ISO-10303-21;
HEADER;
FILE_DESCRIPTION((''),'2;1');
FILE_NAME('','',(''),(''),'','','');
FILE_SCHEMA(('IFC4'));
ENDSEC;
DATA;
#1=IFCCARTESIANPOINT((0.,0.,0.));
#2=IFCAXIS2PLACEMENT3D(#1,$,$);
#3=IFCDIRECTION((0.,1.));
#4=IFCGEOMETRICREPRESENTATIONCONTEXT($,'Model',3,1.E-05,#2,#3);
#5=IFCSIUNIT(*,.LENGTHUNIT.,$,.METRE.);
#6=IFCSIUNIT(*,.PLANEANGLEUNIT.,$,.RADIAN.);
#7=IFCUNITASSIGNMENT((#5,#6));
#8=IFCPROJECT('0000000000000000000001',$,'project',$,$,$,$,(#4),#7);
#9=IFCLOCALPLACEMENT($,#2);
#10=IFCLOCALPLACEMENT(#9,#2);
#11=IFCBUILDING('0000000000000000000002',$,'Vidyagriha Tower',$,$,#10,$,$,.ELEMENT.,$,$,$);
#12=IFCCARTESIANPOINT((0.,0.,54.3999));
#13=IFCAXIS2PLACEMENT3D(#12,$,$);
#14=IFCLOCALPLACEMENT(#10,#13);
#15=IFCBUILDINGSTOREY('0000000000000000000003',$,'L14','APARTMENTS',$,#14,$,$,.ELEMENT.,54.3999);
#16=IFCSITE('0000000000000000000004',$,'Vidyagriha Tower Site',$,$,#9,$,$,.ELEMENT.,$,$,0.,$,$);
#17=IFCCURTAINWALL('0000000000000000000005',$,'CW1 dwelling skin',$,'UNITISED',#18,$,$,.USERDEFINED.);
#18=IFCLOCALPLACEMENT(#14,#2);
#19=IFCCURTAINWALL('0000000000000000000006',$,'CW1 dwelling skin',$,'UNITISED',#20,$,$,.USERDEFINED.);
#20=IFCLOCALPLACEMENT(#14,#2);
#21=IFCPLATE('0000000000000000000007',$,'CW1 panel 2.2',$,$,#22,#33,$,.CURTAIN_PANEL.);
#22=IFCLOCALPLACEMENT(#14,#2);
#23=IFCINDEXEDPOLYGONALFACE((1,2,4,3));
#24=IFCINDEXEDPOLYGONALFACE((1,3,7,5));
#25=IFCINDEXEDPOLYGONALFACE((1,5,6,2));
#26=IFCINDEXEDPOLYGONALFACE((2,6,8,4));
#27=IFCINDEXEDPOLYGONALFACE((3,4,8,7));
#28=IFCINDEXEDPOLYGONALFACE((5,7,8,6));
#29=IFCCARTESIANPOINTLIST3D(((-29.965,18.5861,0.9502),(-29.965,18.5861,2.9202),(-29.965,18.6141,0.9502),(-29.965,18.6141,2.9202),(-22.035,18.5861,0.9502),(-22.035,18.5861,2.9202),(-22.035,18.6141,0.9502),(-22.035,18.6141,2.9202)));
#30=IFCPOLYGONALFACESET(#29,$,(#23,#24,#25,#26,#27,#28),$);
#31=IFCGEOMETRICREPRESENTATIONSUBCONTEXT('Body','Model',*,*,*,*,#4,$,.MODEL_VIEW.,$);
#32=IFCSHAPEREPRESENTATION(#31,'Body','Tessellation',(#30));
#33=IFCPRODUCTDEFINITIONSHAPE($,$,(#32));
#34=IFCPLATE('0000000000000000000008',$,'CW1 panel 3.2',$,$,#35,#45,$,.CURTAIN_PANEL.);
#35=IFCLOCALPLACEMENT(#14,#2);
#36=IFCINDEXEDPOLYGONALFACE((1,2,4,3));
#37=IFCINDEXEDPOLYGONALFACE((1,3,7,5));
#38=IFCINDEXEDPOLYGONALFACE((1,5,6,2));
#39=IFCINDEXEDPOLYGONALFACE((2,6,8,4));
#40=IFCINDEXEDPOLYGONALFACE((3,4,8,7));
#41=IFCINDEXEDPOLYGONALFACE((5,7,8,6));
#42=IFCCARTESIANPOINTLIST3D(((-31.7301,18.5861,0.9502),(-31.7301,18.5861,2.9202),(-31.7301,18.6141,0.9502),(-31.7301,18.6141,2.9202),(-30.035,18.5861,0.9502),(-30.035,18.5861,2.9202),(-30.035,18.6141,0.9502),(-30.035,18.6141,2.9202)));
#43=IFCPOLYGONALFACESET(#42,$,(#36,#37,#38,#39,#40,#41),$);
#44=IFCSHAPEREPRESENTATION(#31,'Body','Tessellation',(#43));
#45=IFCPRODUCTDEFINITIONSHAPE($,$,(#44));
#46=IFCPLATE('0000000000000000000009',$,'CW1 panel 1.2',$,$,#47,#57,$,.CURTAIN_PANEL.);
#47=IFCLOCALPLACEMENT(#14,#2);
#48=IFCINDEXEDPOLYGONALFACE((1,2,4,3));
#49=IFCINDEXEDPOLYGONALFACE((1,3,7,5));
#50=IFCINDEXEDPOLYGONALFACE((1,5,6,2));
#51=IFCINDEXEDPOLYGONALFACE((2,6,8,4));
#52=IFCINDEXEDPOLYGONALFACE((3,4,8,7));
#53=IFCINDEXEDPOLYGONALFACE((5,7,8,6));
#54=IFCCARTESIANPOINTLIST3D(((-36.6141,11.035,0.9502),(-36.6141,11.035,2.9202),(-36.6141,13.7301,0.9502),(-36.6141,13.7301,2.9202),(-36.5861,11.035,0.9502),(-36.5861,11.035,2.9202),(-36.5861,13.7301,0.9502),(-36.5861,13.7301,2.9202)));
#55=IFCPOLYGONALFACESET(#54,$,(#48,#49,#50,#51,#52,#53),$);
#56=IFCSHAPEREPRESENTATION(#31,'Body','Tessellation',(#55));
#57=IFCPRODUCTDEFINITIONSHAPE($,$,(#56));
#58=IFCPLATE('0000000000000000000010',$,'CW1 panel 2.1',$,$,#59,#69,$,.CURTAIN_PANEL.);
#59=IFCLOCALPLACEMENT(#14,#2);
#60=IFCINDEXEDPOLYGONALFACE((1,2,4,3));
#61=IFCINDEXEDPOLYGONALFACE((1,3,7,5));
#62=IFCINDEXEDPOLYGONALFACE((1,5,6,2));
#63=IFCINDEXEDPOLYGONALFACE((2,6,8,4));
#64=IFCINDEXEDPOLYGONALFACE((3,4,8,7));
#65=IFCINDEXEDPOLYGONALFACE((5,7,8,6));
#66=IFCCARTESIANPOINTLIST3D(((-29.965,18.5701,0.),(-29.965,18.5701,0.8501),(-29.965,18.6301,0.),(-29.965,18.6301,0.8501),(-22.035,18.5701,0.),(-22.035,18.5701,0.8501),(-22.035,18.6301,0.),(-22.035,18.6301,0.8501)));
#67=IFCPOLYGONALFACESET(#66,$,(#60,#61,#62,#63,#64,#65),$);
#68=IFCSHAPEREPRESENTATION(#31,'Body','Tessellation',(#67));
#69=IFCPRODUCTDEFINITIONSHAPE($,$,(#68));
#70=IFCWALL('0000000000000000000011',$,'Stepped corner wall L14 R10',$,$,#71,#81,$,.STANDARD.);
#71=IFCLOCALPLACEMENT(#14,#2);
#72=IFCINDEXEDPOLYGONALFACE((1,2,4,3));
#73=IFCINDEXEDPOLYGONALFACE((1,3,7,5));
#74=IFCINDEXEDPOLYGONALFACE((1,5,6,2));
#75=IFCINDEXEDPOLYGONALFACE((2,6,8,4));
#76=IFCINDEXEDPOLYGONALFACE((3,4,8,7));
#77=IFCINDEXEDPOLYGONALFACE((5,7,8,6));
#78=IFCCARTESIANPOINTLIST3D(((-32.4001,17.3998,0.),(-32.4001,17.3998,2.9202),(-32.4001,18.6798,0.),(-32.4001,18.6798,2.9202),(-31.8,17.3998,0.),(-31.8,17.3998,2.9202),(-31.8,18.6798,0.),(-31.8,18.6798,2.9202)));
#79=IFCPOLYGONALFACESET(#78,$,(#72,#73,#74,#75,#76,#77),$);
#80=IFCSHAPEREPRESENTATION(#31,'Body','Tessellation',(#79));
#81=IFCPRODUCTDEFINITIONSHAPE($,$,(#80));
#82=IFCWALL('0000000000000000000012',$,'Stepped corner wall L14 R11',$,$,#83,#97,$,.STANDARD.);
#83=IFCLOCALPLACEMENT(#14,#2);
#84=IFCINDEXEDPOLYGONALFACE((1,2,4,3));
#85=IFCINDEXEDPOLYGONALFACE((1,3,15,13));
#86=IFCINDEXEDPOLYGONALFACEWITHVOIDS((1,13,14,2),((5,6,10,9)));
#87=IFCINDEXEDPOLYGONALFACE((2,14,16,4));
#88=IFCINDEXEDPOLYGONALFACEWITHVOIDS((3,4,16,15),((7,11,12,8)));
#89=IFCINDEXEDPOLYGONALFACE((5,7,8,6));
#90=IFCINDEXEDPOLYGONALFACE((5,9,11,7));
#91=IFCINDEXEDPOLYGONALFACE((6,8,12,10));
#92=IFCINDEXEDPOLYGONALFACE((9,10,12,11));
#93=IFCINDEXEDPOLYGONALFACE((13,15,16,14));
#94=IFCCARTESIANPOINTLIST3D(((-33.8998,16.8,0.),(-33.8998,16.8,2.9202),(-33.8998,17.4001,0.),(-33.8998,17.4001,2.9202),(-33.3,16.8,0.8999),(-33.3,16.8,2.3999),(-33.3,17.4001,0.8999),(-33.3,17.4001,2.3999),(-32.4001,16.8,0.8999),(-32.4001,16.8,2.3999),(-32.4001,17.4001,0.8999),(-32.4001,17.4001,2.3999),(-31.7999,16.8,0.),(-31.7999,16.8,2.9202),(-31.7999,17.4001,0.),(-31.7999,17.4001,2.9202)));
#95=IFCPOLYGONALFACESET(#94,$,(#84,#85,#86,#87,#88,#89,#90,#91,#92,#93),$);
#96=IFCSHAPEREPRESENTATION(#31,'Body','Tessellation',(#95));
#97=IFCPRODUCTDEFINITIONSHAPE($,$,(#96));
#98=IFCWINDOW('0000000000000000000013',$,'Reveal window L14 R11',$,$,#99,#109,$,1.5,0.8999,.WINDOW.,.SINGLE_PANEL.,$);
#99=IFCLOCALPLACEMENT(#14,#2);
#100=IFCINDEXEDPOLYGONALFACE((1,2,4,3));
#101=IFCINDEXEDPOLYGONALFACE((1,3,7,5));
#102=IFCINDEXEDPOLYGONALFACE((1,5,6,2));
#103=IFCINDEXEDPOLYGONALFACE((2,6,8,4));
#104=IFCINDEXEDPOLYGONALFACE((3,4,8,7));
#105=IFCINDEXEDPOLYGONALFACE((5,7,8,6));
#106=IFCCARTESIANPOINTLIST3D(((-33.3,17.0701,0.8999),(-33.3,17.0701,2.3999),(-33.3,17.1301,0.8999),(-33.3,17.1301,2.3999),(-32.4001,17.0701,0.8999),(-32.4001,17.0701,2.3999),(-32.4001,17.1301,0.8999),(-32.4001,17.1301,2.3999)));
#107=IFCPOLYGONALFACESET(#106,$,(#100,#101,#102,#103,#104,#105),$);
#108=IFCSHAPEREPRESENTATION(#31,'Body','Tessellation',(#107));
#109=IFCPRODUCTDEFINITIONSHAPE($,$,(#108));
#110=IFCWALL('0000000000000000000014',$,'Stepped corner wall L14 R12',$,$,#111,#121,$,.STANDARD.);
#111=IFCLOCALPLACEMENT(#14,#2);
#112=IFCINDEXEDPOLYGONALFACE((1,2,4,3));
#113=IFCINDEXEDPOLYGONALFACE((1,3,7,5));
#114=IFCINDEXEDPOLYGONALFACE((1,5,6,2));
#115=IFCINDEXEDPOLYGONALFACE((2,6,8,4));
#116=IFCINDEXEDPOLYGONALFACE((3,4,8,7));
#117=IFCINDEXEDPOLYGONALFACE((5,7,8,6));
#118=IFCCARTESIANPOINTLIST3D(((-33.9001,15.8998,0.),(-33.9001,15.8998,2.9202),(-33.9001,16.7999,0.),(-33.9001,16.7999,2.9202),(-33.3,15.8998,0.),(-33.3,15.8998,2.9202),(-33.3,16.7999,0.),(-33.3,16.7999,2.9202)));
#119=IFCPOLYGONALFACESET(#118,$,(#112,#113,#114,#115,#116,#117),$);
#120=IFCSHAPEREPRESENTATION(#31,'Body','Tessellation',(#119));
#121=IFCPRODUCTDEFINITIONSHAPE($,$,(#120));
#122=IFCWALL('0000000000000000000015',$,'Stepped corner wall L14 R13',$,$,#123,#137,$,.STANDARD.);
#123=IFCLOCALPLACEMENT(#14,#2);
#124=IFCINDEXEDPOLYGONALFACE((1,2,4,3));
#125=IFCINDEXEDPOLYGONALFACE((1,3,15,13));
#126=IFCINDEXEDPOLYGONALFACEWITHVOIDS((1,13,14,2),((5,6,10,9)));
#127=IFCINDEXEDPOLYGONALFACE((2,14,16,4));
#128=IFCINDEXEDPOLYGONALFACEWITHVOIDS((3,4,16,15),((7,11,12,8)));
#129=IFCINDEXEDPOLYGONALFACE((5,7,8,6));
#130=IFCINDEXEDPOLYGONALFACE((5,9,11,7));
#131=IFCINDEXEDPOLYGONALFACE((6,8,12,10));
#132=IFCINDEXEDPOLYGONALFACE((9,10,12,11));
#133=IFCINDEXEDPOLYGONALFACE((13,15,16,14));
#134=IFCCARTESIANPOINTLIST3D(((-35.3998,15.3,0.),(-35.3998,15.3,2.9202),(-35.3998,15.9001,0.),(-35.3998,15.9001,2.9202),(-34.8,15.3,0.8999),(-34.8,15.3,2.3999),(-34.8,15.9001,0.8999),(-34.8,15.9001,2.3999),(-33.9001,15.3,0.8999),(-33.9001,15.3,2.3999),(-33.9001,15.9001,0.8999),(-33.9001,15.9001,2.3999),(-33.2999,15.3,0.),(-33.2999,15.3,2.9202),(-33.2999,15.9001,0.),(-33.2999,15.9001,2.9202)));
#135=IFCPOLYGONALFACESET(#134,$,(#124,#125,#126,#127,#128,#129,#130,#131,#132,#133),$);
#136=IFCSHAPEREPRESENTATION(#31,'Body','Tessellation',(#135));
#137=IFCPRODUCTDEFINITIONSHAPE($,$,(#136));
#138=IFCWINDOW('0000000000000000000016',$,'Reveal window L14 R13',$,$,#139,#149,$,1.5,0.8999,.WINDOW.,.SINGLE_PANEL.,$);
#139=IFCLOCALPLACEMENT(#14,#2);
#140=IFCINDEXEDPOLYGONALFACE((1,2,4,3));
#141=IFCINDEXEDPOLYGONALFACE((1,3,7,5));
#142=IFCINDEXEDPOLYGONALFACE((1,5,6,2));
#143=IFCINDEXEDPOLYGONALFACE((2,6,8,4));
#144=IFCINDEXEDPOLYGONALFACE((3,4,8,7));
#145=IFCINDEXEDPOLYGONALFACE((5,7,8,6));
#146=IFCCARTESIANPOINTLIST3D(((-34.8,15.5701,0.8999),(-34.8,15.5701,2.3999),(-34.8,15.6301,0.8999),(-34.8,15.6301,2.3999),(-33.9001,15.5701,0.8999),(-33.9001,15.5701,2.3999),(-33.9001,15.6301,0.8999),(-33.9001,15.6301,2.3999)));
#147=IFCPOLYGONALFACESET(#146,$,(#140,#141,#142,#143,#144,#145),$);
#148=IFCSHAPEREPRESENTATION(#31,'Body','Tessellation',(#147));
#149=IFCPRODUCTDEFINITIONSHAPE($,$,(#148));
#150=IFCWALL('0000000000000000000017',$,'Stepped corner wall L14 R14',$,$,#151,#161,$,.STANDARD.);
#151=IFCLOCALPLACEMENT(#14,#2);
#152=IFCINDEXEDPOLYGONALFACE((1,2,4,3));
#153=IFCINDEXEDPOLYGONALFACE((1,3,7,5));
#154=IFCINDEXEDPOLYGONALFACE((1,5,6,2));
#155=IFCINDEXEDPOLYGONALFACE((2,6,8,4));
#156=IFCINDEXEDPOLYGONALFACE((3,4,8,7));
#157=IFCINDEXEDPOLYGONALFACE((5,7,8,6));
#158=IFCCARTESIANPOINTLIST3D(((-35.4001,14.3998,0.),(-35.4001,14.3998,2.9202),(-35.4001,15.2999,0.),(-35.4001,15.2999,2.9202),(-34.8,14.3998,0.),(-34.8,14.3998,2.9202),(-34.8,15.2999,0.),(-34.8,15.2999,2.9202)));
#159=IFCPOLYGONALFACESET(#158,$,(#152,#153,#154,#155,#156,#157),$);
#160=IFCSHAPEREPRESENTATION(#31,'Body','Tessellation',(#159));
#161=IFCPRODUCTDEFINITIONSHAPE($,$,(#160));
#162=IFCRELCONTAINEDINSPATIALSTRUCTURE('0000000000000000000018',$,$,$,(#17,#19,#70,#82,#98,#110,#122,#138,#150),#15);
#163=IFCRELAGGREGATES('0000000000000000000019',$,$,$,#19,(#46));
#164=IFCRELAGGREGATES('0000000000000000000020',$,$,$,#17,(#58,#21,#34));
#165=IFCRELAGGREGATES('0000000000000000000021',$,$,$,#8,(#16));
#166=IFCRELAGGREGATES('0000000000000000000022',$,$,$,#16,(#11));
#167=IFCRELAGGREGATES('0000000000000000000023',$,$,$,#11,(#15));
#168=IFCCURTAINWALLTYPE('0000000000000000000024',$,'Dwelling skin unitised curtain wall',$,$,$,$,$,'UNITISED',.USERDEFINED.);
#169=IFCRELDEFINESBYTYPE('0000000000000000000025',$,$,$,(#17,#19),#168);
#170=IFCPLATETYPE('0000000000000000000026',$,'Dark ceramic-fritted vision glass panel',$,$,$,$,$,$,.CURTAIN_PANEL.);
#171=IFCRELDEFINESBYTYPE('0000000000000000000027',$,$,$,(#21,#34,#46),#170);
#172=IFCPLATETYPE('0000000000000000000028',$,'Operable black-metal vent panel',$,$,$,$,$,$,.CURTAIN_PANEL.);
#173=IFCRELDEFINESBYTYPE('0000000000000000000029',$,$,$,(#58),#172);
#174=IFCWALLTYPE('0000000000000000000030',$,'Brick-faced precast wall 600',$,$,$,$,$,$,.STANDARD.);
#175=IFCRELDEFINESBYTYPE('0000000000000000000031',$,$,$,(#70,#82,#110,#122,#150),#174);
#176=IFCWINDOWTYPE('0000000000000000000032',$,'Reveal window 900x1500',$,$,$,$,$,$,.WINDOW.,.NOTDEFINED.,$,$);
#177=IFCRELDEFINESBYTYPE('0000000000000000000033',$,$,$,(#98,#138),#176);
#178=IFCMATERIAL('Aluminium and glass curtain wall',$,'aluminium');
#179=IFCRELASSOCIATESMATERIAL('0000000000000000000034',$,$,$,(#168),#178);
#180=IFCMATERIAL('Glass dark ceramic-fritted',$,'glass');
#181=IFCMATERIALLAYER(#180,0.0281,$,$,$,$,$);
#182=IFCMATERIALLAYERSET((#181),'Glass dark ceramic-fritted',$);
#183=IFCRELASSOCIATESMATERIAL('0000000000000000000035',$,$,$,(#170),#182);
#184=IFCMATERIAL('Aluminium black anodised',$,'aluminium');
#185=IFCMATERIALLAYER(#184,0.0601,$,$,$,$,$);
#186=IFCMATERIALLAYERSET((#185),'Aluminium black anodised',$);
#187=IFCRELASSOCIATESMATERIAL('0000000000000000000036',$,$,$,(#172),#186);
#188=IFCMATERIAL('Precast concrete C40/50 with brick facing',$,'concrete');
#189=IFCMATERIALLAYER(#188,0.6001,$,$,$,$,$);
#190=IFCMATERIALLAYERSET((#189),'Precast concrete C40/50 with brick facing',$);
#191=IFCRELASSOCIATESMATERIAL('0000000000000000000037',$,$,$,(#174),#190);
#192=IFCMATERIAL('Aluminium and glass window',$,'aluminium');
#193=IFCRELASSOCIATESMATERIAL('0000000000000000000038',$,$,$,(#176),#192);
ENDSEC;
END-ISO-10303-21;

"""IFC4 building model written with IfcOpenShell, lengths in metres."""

from ifc_helpers import new_model, si_unit, direction, frame, frame_2d, origin, origin_2d, place, context, subcontext, project, spatial, rectangle, extrude, material, layer, layer_set, type_object, element, fill, aggregate, save


model = new_model("IFC4")

# Units and contexts
model_context = context("Model", 3, precision=1e-05, world=origin(), true_north=direction((0.0, 1.0)))
body_context = subcontext(model_context, "Body", "Model", "MODEL_VIEW")
ifc_project = project(units=[si_unit("LENGTHUNIT", "METRE"), si_unit("PLANEANGLEUNIT", "RADIAN")], contexts=[model_context])

# Site, building, storey
site_placement = place(None, origin())
site = spatial("IfcSite", under=ifc_project, at=site_placement, Name="Vidyagriha Tower Site", CompositionType="ELEMENT", RefElevation=0.0)
building_placement = place(site_placement, origin())
building = spatial("IfcBuilding", under=site, at=building_placement, Name="Vidyagriha Tower", CompositionType="ELEMENT")
storey_placement = place(building_placement, frame((0.0, 0.0, 54.3999)))
storey = spatial("IfcBuildingStorey", under=building, at=storey_placement, Name="L14", Description="APARTMENTS", CompositionType="ELEMENT", Elevation=54.3999)

# Curtain wall
ifc_material_1 = material(Name="Aluminium and glass curtain wall", Category="aluminium")
curtain_wall_type = type_object("IfcCurtainWallType", Name="Dwelling skin unitised curtain wall", ElementType="UNITISED", PredefinedType="USERDEFINED", material=ifc_material_1)
curtain_wall_1_placement = place(storey_placement, origin())
curtain_wall_1 = element("IfcCurtainWall", 1, at=curtain_wall_1_placement, inside=storey, type_object=curtain_wall_type, Name="CW1 dwelling skin", ObjectType="UNITISED", PredefinedType="USERDEFINED")

# Curtain wall
curtain_wall_2_placement = place(storey_placement, origin())
curtain_wall_2 = element("IfcCurtainWall", 2, at=curtain_wall_2_placement, inside=storey, type_object=curtain_wall_type, Name="CW1 dwelling skin", ObjectType="UNITISED", PredefinedType="USERDEFINED")

# Plates
ifc_material_2 = material(Name="Glass dark ceramic-fritted", Category="glass")
ifc_layer_1 = layer(ifc_material_2, 0.0281)
ifc_layer_set_1 = layer_set([ifc_layer_1], Name="Glass dark ceramic-fritted")
plate_type_1 = type_object("IfcPlateType", Name="Dark ceramic-fritted vision glass panel", PredefinedType="CURTAIN_PANEL", material=ifc_layer_set_1)
plate_1_placement = place(storey_placement, frame((-26.0, 18.6001, 0.9502), z_axis=(0.0, 0.0, 1.0), x_axis=(-1.0, 0.0, 0.0)))
plate_1 = element("IfcPlate", 3, at=plate_1_placement, type_object=plate_type_1, Name="CW1 panel 2.2", PredefinedType="CURTAIN_PANEL", context=body_context, shape_type="SweptSolid", body=[
    extrude(rectangle(XDim=7.9299, YDim=0.0281, at=origin_2d()), origin(), (0.0, 0.0, 1.0), 1.97),
])
plate_2_placement = place(storey_placement, frame((-30.8826, 18.6001, 0.9502), z_axis=(0.0, 0.0, 1.0), x_axis=(-1.0, 0.0, 0.0)))
plate_2 = element("IfcPlate", 4, at=plate_2_placement, type_object=plate_type_1, Name="CW1 panel 3.2", PredefinedType="CURTAIN_PANEL", context=body_context, shape_type="SweptSolid", body=[
    extrude(rectangle(XDim=1.6951, YDim=0.0281, at=origin_2d()), origin(), (0.0, 0.0, 1.0), 1.97),
])
plate_3_placement = place(storey_placement, frame((-36.6001, 12.3826, 0.9502), z_axis=(0.0, 0.0, 1.0), x_axis=(0.0, -1.0, 0.0)))
plate_3 = element("IfcPlate", 5, at=plate_3_placement, type_object=plate_type_1, Name="CW1 panel 1.2", PredefinedType="CURTAIN_PANEL", context=body_context, shape_type="SweptSolid", body=[
    extrude(rectangle(XDim=2.6951, YDim=0.0281, at=origin_2d()), origin(), (0.0, 0.0, 1.0), 1.97),
])
aggregate(curtain_wall_2, [plate_3])
ifc_material_3 = material(Name="Aluminium black anodised", Category="aluminium")
ifc_layer_2 = layer(ifc_material_3, 0.0601)
ifc_layer_set_2 = layer_set([ifc_layer_2], Name="Aluminium black anodised")
plate_type_2 = type_object("IfcPlateType", Name="Operable black-metal vent panel", PredefinedType="CURTAIN_PANEL", material=ifc_layer_set_2)
plate_4_placement = place(storey_placement, frame((-26.0, 18.6001, 0.0), z_axis=(0.0, 0.0, 1.0), x_axis=(-1.0, 0.0, 0.0)))
plate_4 = element("IfcPlate", 6, at=plate_4_placement, type_object=plate_type_2, Name="CW1 panel 2.1", PredefinedType="CURTAIN_PANEL", context=body_context, shape_type="SweptSolid", body=[
    extrude(rectangle(XDim=7.9299, YDim=0.0601, at=origin_2d()), origin(), (0.0, 0.0, 1.0), 0.8501),
])
aggregate(curtain_wall_1, [plate_4, plate_1, plate_2])

# Wall
ifc_material_4 = material(Name="Precast concrete C40/50 with brick facing", Category="concrete")
ifc_layer_3 = layer(ifc_material_4, 0.6001)
ifc_layer_set_3 = layer_set([ifc_layer_3], Name="Precast concrete C40/50 with brick facing")
wall_type_1 = type_object("IfcWallType", Name="Brick-faced precast wall 600", PredefinedType="STANDARD", material=ifc_layer_set_3)
wall_1_placement = place(storey_placement, frame((-32.1001, 18.6799, 0.0), z_axis=(0.0, 0.0, 1.0), x_axis=(0.0, -1.0, 0.0)))
element("IfcWall", 7, at=wall_1_placement, inside=storey, type_object=wall_type_1, Name="Stepped corner wall L14 R10", PredefinedType="STANDARD", context=body_context, shape_type="SweptSolid", body=[
    extrude(rectangle(XDim=1.28, YDim=0.6001, at=frame_2d((0.6401, 0.0))), origin(), (0.0, 0.0, 1.0), 2.9202),
])

# Wall, opening, window
wall_2_placement = place(storey_placement, frame((-31.8, 17.1001, 0.0), z_axis=(0.0, 0.0, 1.0), x_axis=(-1.0, 0.0, 0.0)))
wall_2 = element("IfcWall", 8, at=wall_2_placement, inside=storey, type_object=wall_type_1, Name="Stepped corner wall L14 R11", PredefinedType="STANDARD", context=body_context, shape_type="SweptSolid", body=[
    extrude(rectangle(XDim=2.0999, YDim=0.6001, at=frame_2d((1.0498, 0.0))), origin(), (0.0, 0.0, 1.0), 2.9202),
])
opening_1_placement = place(wall_2_placement, frame((0.6001, 0.0, 0.8999)))
opening_1 = element("IfcOpeningElement", 9, at=opening_1_placement, cuts=wall_2, PredefinedType="OPENING", context=body_context, shape_type="SweptSolid", body=[
    extrude(rectangle(XDim=0.8999, YDim=1.5, at=frame_2d((0.45, 0.75))), frame((0.0, 0.3101, 0.0), z_axis=(0.0, -1.0, 0.0), x_axis=(1.0, 0.0, 0.0)), (0.0, 0.0, 1.0), 0.6201),
])
ifc_material_5 = material(Name="Aluminium and glass window", Category="aluminium")
window_type = type_object("IfcWindowType", Name="Reveal window 900x1500", PartitioningType="NOTDEFINED", PredefinedType="WINDOW", material=ifc_material_5)
window_1_placement = place(opening_1_placement, origin())
window_1 = element("IfcWindow", 10, at=window_1_placement, inside=storey, type_object=window_type, Name="Reveal window L14 R11", OverallHeight=1.5, OverallWidth=0.8999, PartitioningType="SINGLE_PANEL", PredefinedType="WINDOW", context=body_context, shape_type="SweptSolid", body=[
    extrude(rectangle(XDim=0.8999, YDim=1.5, at=frame_2d((0.45, 0.75))), frame((0.0, 0.03, 0.0), z_axis=(0.0, -1.0, 0.0), x_axis=(1.0, 0.0, 0.0)), (0.0, 0.0, 1.0), 0.0601),
])
fill(opening_1, window_1)

# Wall
wall_3_placement = place(storey_placement, frame((-33.6001, 16.8, 0.0), z_axis=(0.0, 0.0, 1.0), x_axis=(0.0, -1.0, 0.0)))
element("IfcWall", 11, at=wall_3_placement, inside=storey, type_object=wall_type_1, Name="Stepped corner wall L14 R12", PredefinedType="STANDARD", context=body_context, shape_type="SweptSolid", body=[
    extrude(rectangle(XDim=0.9001, YDim=0.6001, at=frame_2d((0.4502, 0.0))), origin(), (0.0, 0.0, 1.0), 2.9202),
])

# Wall, opening, window
wall_4_placement = place(storey_placement, frame((-33.3, 15.6001, 0.0), z_axis=(0.0, 0.0, 1.0), x_axis=(-1.0, 0.0, 0.0)))
wall_4 = element("IfcWall", 12, at=wall_4_placement, inside=storey, type_object=wall_type_1, Name="Stepped corner wall L14 R13", PredefinedType="STANDARD", context=body_context, shape_type="SweptSolid", body=[
    extrude(rectangle(XDim=2.0999, YDim=0.6001, at=frame_2d((1.0498, 0.0))), origin(), (0.0, 0.0, 1.0), 2.9202),
])
opening_2_placement = place(wall_4_placement, frame((0.6001, 0.0, 0.8999)))
opening_2 = element("IfcOpeningElement", 13, at=opening_2_placement, cuts=wall_4, PredefinedType="OPENING", context=body_context, shape_type="SweptSolid", body=[
    extrude(rectangle(XDim=0.8999, YDim=1.5, at=frame_2d((0.45, 0.75))), frame((0.0, 0.3101, 0.0), z_axis=(0.0, -1.0, 0.0), x_axis=(1.0, 0.0, 0.0)), (0.0, 0.0, 1.0), 0.6201),
])
window_2_placement = place(opening_2_placement, origin())
window_2 = element("IfcWindow", 14, at=window_2_placement, inside=storey, type_object=window_type, Name="Reveal window L14 R13", OverallHeight=1.5, OverallWidth=0.8999, PartitioningType="SINGLE_PANEL", PredefinedType="WINDOW", context=body_context, shape_type="SweptSolid", body=[
    extrude(rectangle(XDim=0.8999, YDim=1.5, at=frame_2d((0.45, 0.75))), frame((0.0, 0.03, 0.0), z_axis=(0.0, -1.0, 0.0), x_axis=(1.0, 0.0, 0.0)), (0.0, 0.0, 1.0), 0.0601),
])
fill(opening_2, window_2)

# Wall
wall_5_placement = place(storey_placement, frame((-35.1001, 15.3, 0.0), z_axis=(0.0, 0.0, 1.0), x_axis=(0.0, -1.0, 0.0)))
element("IfcWall", 15, at=wall_5_placement, inside=storey, type_object=wall_type_1, Name="Stepped corner wall L14 R14", PredefinedType="STANDARD", context=body_context, shape_type="SweptSolid", body=[
    extrude(rectangle(XDim=0.9001, YDim=0.6001, at=frame_2d((0.4502, 0.0))), origin(), (0.0, 0.0, 1.0), 2.9202),
])

save(model, "model.ifc")
